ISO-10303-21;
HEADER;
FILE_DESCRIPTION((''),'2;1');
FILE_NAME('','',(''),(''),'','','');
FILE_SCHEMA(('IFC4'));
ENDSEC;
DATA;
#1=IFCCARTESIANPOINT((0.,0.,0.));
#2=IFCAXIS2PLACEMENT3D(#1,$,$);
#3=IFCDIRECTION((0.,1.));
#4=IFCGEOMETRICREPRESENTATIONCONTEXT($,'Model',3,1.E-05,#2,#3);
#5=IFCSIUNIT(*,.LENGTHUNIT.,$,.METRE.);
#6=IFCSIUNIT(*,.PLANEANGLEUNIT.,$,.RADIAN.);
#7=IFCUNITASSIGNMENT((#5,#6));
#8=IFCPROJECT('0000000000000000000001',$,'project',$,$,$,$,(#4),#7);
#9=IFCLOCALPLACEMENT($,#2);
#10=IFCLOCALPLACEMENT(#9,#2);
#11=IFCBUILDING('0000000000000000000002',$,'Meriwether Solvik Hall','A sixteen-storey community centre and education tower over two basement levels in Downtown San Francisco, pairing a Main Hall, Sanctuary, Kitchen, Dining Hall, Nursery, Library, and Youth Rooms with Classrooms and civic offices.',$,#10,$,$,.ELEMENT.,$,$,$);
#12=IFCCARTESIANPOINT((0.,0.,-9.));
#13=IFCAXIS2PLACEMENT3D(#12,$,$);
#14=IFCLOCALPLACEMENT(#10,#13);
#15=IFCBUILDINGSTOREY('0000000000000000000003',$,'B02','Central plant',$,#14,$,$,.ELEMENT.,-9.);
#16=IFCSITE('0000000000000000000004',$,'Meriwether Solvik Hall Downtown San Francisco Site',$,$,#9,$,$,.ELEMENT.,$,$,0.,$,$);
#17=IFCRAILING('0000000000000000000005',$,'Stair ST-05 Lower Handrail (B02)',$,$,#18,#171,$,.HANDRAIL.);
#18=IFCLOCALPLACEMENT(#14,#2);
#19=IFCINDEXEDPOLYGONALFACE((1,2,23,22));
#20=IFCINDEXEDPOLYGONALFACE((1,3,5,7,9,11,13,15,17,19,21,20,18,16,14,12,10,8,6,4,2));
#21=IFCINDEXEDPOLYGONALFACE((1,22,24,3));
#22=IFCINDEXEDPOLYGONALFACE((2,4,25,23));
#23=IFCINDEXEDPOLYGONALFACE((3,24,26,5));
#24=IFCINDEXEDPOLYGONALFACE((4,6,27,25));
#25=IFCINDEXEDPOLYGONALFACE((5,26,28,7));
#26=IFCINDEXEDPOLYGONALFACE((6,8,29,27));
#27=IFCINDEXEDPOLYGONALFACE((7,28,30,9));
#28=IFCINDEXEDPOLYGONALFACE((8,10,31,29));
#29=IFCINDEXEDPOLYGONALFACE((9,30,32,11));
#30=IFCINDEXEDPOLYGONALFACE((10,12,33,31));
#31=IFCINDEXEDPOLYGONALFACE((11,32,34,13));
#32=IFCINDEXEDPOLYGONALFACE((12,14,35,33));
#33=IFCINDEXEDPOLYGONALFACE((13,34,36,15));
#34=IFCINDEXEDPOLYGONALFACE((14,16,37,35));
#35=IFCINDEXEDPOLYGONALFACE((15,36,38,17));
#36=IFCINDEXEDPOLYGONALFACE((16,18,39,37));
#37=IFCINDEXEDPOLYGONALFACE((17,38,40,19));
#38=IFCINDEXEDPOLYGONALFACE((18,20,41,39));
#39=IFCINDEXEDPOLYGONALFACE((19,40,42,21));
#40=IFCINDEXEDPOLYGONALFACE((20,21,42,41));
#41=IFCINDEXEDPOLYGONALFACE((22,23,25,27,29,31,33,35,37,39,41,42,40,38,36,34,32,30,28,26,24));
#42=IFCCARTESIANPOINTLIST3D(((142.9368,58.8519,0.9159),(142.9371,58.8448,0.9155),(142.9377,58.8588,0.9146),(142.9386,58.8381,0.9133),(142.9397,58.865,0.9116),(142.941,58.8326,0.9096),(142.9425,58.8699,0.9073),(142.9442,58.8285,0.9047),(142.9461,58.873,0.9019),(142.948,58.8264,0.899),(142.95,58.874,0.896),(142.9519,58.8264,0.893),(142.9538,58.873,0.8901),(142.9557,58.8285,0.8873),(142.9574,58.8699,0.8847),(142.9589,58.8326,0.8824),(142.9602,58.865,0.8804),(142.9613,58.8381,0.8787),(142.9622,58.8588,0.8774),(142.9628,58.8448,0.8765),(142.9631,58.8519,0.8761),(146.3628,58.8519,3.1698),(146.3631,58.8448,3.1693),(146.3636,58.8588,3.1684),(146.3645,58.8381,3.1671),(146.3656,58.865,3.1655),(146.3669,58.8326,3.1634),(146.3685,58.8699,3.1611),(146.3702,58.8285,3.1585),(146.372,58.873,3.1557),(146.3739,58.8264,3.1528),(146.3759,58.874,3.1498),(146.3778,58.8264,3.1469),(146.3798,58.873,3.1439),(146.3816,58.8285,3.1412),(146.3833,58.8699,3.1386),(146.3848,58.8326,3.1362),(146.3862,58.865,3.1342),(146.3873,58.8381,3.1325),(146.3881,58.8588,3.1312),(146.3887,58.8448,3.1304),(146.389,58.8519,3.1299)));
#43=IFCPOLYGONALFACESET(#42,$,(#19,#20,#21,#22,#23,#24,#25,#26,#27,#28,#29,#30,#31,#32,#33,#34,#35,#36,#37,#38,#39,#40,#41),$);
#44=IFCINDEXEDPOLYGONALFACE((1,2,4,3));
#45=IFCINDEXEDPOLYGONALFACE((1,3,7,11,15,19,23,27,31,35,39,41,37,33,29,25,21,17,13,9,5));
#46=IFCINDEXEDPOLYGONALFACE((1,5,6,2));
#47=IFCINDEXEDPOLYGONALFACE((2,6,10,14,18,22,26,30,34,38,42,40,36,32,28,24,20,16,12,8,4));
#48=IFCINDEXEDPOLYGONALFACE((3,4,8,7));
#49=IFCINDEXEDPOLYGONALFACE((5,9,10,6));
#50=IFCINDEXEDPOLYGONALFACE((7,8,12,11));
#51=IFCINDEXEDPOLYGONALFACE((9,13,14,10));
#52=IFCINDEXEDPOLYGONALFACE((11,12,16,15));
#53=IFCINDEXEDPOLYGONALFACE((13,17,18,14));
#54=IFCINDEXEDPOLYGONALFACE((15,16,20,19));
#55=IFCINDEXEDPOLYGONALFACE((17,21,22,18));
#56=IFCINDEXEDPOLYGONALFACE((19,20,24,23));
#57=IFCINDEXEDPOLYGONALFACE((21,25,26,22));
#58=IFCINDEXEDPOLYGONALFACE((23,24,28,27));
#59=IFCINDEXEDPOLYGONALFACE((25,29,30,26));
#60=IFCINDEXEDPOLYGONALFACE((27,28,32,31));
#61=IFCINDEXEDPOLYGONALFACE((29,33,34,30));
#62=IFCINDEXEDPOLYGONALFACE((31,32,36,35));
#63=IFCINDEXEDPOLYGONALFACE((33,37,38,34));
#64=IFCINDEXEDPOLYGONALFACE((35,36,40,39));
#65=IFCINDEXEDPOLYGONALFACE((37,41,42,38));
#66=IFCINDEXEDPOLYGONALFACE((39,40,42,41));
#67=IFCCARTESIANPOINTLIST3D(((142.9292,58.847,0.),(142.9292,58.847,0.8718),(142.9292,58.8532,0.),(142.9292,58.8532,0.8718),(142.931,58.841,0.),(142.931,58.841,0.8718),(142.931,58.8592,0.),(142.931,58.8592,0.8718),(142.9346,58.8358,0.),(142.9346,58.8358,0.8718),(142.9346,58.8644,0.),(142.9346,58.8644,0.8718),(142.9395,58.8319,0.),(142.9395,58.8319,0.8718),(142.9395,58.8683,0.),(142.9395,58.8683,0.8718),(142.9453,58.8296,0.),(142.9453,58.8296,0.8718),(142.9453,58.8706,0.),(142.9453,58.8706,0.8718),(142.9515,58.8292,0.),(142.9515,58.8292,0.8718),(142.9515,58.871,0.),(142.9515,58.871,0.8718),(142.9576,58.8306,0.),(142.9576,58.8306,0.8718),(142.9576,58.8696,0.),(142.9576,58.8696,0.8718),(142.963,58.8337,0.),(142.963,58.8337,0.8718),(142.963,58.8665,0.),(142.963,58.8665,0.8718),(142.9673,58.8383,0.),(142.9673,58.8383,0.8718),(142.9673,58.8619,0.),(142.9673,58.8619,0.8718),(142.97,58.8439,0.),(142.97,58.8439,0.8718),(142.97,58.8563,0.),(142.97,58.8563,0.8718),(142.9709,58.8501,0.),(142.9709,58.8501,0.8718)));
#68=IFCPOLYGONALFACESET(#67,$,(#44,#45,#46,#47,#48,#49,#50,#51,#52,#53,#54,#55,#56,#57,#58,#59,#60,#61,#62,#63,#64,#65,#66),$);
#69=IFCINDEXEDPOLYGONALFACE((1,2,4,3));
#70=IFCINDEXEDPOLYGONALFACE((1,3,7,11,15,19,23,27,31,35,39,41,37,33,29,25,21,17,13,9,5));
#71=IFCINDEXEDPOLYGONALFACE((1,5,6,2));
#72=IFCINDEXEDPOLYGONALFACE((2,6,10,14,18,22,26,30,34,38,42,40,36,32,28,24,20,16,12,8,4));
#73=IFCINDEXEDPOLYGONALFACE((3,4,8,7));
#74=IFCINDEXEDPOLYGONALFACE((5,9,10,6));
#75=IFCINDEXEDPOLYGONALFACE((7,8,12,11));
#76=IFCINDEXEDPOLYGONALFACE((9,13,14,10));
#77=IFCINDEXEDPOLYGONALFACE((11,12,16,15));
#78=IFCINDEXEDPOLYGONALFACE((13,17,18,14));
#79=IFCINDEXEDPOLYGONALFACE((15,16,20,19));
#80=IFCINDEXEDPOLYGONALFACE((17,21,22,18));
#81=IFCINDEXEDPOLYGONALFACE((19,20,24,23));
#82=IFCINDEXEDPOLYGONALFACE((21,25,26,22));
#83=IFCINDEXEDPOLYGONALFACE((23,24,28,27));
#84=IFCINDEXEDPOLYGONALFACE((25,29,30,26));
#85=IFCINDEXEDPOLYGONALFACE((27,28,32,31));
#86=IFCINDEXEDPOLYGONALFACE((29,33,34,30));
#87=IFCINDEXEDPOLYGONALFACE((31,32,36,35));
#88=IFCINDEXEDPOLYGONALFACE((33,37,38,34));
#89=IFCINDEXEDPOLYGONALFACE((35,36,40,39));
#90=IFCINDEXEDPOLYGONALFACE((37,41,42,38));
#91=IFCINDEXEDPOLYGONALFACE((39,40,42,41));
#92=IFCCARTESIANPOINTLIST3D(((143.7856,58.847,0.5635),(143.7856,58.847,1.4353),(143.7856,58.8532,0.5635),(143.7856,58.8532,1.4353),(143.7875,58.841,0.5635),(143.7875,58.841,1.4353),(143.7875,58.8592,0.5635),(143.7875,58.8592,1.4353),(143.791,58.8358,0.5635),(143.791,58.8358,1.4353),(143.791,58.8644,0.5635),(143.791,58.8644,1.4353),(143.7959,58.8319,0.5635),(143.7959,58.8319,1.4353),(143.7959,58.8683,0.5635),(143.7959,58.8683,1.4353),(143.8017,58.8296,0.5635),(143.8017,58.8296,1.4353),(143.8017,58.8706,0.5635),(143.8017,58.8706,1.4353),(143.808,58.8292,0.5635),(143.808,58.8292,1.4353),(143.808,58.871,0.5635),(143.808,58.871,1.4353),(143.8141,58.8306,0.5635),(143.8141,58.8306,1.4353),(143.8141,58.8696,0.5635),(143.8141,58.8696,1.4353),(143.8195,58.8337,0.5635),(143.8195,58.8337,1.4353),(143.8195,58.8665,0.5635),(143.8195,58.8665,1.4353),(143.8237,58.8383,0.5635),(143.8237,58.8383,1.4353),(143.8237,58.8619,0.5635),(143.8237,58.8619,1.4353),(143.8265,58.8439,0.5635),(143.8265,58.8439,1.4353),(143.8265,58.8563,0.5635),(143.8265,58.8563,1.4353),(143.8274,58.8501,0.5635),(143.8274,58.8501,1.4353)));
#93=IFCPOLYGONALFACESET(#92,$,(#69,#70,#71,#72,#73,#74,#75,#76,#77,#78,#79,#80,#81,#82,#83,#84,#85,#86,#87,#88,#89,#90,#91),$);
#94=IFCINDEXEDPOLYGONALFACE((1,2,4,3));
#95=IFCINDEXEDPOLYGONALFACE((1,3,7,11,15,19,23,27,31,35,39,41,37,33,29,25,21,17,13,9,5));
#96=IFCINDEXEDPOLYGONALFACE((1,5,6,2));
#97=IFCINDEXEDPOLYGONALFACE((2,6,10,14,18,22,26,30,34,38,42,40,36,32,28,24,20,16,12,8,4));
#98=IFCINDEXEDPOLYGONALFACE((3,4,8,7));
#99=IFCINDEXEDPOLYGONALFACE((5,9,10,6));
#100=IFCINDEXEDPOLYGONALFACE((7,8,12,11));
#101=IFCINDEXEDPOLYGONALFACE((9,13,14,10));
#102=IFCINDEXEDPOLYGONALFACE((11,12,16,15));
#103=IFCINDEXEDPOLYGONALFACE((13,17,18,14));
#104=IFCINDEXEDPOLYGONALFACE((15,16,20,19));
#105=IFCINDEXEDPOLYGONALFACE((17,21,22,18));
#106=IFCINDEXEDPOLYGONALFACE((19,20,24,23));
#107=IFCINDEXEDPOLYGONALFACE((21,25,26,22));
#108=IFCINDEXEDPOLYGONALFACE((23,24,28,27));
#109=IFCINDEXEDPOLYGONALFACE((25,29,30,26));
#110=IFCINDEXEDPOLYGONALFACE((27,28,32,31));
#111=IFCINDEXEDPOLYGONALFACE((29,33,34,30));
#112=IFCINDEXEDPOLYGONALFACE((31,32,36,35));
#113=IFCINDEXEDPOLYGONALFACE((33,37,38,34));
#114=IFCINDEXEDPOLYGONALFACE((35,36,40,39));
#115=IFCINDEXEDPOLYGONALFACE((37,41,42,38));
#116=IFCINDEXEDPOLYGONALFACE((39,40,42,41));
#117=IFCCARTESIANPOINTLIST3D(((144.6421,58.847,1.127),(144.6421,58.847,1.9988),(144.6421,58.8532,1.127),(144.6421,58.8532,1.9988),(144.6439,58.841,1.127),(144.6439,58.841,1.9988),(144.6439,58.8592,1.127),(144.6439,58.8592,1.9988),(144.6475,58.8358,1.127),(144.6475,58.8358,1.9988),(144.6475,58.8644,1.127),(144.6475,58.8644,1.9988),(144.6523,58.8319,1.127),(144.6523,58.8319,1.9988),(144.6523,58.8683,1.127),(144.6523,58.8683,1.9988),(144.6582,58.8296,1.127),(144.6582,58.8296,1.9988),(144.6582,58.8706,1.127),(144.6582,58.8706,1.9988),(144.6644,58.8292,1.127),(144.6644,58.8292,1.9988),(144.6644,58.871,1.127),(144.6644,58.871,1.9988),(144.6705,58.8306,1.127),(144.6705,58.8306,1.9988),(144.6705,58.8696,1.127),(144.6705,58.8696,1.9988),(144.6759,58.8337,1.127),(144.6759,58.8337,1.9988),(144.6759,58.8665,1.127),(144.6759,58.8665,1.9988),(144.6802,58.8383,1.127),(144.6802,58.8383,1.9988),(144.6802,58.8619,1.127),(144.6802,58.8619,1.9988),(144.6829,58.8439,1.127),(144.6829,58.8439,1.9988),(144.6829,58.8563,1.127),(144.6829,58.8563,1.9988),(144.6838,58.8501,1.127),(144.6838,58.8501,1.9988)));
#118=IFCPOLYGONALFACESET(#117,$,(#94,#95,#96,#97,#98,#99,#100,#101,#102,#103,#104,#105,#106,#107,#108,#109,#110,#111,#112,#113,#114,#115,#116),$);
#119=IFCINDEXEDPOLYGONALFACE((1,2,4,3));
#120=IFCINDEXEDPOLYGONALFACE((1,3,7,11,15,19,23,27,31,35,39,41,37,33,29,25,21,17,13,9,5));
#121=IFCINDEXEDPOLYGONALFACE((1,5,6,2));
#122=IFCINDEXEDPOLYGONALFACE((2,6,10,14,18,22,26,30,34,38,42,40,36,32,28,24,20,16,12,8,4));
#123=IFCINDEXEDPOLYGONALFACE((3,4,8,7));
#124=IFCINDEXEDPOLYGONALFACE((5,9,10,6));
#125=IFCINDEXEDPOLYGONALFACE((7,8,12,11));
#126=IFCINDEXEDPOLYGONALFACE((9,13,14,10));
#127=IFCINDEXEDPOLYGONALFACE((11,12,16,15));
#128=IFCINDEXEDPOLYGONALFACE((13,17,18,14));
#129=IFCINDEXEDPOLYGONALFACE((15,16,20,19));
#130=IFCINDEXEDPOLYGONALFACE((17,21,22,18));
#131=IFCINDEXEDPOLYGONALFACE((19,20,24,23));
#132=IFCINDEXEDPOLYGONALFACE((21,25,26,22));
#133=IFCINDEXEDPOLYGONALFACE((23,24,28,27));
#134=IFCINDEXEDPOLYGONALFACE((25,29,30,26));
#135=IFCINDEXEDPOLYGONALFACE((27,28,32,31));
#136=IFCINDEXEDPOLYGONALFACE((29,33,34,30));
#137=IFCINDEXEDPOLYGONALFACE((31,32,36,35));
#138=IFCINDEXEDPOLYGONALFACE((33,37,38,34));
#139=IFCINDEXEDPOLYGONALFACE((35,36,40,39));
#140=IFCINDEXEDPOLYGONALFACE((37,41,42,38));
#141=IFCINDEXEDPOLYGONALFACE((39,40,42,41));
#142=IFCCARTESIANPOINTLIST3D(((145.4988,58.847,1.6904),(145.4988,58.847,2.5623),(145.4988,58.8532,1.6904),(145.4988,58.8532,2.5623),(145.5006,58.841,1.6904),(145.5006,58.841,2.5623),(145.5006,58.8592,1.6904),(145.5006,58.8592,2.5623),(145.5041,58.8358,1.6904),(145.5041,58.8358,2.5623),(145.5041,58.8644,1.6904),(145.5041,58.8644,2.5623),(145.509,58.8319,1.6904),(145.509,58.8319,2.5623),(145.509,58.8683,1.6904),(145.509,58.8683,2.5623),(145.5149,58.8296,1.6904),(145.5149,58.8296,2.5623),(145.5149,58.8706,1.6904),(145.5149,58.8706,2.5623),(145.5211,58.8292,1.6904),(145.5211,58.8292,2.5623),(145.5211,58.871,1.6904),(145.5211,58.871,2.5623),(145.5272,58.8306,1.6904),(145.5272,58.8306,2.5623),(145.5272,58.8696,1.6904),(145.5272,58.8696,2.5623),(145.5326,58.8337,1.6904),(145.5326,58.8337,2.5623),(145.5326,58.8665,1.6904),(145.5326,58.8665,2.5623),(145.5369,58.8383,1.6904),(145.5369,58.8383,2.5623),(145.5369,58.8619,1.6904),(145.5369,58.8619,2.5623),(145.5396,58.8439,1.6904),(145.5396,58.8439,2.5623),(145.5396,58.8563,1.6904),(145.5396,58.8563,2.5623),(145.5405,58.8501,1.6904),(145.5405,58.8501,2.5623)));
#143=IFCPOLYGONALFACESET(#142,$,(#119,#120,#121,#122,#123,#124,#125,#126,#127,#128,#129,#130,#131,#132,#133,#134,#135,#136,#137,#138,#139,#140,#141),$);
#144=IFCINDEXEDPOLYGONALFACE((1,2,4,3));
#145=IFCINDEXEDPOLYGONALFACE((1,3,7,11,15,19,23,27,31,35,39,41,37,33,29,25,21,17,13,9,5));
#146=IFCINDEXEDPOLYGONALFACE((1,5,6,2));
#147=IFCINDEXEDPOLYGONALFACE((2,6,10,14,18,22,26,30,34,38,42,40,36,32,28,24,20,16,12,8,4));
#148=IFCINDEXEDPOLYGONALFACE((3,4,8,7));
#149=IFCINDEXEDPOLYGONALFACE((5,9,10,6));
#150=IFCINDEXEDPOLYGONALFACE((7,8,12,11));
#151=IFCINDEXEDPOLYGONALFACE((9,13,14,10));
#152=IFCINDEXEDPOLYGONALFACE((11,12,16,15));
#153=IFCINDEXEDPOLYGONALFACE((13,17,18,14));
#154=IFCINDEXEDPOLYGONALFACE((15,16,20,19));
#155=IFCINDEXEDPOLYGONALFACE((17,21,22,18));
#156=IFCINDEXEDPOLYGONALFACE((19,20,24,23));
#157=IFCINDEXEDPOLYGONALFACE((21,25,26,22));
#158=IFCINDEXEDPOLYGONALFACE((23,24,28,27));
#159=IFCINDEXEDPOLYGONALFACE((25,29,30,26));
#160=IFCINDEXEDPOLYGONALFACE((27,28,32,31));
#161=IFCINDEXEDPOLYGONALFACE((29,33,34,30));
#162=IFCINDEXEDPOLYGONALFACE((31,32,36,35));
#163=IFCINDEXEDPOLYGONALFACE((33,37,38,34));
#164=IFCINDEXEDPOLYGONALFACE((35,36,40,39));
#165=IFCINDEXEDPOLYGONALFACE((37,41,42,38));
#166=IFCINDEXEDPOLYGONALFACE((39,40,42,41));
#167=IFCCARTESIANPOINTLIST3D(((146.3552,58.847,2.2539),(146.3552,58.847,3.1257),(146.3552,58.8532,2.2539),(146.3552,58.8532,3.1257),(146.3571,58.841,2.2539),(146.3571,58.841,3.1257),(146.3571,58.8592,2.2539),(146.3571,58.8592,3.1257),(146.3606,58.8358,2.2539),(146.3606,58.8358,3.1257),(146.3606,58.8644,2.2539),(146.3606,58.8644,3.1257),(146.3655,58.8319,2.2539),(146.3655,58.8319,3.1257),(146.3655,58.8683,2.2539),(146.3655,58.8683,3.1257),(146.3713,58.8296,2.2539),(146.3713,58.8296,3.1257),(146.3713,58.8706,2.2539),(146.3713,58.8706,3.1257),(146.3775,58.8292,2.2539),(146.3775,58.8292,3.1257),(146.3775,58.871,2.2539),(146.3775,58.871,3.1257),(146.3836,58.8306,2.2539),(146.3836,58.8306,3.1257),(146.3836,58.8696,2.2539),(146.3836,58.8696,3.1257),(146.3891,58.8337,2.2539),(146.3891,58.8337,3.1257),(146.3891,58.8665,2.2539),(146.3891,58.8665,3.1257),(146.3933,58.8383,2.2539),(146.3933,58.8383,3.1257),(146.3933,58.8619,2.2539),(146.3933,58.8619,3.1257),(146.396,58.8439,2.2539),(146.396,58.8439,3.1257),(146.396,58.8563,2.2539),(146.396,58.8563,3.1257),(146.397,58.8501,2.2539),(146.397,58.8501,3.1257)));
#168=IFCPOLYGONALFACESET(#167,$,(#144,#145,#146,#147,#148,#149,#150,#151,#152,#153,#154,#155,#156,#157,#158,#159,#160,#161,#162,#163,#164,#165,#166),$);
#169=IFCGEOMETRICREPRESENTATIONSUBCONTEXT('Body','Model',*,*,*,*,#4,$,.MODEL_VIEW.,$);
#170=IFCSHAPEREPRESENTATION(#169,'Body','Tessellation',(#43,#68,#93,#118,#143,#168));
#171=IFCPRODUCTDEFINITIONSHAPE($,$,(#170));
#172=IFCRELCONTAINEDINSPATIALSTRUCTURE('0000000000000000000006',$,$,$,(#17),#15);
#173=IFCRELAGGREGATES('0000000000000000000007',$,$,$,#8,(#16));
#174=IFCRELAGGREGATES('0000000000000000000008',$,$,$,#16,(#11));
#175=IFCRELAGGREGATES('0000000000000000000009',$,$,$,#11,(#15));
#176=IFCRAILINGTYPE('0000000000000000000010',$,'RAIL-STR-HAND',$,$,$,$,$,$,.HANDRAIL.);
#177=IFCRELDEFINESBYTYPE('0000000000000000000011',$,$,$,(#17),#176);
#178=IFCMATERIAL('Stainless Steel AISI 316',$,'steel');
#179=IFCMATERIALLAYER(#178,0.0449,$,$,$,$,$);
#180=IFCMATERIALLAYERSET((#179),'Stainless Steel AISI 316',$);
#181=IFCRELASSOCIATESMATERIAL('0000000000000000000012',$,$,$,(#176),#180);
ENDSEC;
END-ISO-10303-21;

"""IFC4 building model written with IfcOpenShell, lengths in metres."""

from ifc_helpers import new_model, si_unit, direction, frame, origin, origin_2d, place, context, subcontext, project, spatial, circle, extrude, material, layer, layer_set, type_object, element, save


model = new_model("IFC4")

# Units and contexts
model_context = context("Model", 3, precision=1e-05, world=origin(), true_north=direction((0.0, 1.0)))
body_context = subcontext(model_context, "Body", "Model", "MODEL_VIEW")
ifc_project = project(units=[si_unit("LENGTHUNIT", "METRE"), si_unit("PLANEANGLEUNIT", "RADIAN")], contexts=[model_context])

# Site, building, storey
site_placement = place(None, origin())
site = spatial("IfcSite", under=ifc_project, at=site_placement, Name="Meriwether Solvik Hall Downtown San Francisco Site", CompositionType="ELEMENT", RefElevation=0.0)
building_placement = place(site_placement, origin())
building = spatial("IfcBuilding", under=site, at=building_placement, Name="Meriwether Solvik Hall", Description="A sixteen-storey community centre and education tower over two basement levels in Downtown San Francisco, pairing a Main Hall, Sanctuary, Kitchen, Dining Hall, Nursery, Library, and Youth Rooms with Classrooms and civic offices.", CompositionType="ELEMENT")
storey_placement = place(building_placement, frame((0.0, 0.0, -9.0)))
storey = spatial("IfcBuildingStorey", under=building, at=storey_placement, Name="B02", Description="Central plant", CompositionType="ELEMENT", Elevation=-9.0)

# Railing
ifc_material_1 = material(Name="Stainless Steel AISI 316", Category="steel")
ifc_layer_1 = layer(ifc_material_1, 0.0449)
ifc_layer_set_1 = layer_set([ifc_layer_1], Name="Stainless Steel AISI 316")
railing_type = type_object("IfcRailingType", Name="RAIL-STR-HAND", PredefinedType="HANDRAIL", material=ifc_layer_set_1)
railing_placement = place(storey_placement, frame((142.95, 58.8501, 0.0)))
element("IfcRailing", 1, at=railing_placement, inside=storey, type_object=railing_type, Name="Stair ST-05 Lower Handrail (B02)", PredefinedType="HANDRAIL", context=body_context, shape_type="SweptSolid", body=[
    extrude(circle(Radius=0.0239, at=origin_2d()), frame((0.0, 0.0, 0.896), z_axis=(0.835424, 0.0, 0.549607), x_axis=(0.0, 1.0, 0.0)), (0.0, 0.0, 1.0), 4.1008),
    extrude(circle(Radius=0.021, at=origin_2d()), origin(), (0.0, 0.0, 1.0), 0.8718),
    extrude(circle(Radius=0.021, at=origin_2d()), frame((0.8564, 0.0, 0.5635)), (0.0, 0.0, 1.0), 0.8718),
    extrude(circle(Radius=0.021, at=origin_2d()), frame((1.7129, 0.0, 1.127)), (0.0, 0.0, 1.0), 0.8718),
    extrude(circle(Radius=0.021, at=origin_2d()), frame((2.5696, 0.0, 1.6904)), (0.0, 0.0, 1.0), 0.8718),
    extrude(circle(Radius=0.021, at=origin_2d()), frame((3.426, 0.0, 2.2539)), (0.0, 0.0, 1.0), 0.8718),
])

save(model, "model.ifc")
